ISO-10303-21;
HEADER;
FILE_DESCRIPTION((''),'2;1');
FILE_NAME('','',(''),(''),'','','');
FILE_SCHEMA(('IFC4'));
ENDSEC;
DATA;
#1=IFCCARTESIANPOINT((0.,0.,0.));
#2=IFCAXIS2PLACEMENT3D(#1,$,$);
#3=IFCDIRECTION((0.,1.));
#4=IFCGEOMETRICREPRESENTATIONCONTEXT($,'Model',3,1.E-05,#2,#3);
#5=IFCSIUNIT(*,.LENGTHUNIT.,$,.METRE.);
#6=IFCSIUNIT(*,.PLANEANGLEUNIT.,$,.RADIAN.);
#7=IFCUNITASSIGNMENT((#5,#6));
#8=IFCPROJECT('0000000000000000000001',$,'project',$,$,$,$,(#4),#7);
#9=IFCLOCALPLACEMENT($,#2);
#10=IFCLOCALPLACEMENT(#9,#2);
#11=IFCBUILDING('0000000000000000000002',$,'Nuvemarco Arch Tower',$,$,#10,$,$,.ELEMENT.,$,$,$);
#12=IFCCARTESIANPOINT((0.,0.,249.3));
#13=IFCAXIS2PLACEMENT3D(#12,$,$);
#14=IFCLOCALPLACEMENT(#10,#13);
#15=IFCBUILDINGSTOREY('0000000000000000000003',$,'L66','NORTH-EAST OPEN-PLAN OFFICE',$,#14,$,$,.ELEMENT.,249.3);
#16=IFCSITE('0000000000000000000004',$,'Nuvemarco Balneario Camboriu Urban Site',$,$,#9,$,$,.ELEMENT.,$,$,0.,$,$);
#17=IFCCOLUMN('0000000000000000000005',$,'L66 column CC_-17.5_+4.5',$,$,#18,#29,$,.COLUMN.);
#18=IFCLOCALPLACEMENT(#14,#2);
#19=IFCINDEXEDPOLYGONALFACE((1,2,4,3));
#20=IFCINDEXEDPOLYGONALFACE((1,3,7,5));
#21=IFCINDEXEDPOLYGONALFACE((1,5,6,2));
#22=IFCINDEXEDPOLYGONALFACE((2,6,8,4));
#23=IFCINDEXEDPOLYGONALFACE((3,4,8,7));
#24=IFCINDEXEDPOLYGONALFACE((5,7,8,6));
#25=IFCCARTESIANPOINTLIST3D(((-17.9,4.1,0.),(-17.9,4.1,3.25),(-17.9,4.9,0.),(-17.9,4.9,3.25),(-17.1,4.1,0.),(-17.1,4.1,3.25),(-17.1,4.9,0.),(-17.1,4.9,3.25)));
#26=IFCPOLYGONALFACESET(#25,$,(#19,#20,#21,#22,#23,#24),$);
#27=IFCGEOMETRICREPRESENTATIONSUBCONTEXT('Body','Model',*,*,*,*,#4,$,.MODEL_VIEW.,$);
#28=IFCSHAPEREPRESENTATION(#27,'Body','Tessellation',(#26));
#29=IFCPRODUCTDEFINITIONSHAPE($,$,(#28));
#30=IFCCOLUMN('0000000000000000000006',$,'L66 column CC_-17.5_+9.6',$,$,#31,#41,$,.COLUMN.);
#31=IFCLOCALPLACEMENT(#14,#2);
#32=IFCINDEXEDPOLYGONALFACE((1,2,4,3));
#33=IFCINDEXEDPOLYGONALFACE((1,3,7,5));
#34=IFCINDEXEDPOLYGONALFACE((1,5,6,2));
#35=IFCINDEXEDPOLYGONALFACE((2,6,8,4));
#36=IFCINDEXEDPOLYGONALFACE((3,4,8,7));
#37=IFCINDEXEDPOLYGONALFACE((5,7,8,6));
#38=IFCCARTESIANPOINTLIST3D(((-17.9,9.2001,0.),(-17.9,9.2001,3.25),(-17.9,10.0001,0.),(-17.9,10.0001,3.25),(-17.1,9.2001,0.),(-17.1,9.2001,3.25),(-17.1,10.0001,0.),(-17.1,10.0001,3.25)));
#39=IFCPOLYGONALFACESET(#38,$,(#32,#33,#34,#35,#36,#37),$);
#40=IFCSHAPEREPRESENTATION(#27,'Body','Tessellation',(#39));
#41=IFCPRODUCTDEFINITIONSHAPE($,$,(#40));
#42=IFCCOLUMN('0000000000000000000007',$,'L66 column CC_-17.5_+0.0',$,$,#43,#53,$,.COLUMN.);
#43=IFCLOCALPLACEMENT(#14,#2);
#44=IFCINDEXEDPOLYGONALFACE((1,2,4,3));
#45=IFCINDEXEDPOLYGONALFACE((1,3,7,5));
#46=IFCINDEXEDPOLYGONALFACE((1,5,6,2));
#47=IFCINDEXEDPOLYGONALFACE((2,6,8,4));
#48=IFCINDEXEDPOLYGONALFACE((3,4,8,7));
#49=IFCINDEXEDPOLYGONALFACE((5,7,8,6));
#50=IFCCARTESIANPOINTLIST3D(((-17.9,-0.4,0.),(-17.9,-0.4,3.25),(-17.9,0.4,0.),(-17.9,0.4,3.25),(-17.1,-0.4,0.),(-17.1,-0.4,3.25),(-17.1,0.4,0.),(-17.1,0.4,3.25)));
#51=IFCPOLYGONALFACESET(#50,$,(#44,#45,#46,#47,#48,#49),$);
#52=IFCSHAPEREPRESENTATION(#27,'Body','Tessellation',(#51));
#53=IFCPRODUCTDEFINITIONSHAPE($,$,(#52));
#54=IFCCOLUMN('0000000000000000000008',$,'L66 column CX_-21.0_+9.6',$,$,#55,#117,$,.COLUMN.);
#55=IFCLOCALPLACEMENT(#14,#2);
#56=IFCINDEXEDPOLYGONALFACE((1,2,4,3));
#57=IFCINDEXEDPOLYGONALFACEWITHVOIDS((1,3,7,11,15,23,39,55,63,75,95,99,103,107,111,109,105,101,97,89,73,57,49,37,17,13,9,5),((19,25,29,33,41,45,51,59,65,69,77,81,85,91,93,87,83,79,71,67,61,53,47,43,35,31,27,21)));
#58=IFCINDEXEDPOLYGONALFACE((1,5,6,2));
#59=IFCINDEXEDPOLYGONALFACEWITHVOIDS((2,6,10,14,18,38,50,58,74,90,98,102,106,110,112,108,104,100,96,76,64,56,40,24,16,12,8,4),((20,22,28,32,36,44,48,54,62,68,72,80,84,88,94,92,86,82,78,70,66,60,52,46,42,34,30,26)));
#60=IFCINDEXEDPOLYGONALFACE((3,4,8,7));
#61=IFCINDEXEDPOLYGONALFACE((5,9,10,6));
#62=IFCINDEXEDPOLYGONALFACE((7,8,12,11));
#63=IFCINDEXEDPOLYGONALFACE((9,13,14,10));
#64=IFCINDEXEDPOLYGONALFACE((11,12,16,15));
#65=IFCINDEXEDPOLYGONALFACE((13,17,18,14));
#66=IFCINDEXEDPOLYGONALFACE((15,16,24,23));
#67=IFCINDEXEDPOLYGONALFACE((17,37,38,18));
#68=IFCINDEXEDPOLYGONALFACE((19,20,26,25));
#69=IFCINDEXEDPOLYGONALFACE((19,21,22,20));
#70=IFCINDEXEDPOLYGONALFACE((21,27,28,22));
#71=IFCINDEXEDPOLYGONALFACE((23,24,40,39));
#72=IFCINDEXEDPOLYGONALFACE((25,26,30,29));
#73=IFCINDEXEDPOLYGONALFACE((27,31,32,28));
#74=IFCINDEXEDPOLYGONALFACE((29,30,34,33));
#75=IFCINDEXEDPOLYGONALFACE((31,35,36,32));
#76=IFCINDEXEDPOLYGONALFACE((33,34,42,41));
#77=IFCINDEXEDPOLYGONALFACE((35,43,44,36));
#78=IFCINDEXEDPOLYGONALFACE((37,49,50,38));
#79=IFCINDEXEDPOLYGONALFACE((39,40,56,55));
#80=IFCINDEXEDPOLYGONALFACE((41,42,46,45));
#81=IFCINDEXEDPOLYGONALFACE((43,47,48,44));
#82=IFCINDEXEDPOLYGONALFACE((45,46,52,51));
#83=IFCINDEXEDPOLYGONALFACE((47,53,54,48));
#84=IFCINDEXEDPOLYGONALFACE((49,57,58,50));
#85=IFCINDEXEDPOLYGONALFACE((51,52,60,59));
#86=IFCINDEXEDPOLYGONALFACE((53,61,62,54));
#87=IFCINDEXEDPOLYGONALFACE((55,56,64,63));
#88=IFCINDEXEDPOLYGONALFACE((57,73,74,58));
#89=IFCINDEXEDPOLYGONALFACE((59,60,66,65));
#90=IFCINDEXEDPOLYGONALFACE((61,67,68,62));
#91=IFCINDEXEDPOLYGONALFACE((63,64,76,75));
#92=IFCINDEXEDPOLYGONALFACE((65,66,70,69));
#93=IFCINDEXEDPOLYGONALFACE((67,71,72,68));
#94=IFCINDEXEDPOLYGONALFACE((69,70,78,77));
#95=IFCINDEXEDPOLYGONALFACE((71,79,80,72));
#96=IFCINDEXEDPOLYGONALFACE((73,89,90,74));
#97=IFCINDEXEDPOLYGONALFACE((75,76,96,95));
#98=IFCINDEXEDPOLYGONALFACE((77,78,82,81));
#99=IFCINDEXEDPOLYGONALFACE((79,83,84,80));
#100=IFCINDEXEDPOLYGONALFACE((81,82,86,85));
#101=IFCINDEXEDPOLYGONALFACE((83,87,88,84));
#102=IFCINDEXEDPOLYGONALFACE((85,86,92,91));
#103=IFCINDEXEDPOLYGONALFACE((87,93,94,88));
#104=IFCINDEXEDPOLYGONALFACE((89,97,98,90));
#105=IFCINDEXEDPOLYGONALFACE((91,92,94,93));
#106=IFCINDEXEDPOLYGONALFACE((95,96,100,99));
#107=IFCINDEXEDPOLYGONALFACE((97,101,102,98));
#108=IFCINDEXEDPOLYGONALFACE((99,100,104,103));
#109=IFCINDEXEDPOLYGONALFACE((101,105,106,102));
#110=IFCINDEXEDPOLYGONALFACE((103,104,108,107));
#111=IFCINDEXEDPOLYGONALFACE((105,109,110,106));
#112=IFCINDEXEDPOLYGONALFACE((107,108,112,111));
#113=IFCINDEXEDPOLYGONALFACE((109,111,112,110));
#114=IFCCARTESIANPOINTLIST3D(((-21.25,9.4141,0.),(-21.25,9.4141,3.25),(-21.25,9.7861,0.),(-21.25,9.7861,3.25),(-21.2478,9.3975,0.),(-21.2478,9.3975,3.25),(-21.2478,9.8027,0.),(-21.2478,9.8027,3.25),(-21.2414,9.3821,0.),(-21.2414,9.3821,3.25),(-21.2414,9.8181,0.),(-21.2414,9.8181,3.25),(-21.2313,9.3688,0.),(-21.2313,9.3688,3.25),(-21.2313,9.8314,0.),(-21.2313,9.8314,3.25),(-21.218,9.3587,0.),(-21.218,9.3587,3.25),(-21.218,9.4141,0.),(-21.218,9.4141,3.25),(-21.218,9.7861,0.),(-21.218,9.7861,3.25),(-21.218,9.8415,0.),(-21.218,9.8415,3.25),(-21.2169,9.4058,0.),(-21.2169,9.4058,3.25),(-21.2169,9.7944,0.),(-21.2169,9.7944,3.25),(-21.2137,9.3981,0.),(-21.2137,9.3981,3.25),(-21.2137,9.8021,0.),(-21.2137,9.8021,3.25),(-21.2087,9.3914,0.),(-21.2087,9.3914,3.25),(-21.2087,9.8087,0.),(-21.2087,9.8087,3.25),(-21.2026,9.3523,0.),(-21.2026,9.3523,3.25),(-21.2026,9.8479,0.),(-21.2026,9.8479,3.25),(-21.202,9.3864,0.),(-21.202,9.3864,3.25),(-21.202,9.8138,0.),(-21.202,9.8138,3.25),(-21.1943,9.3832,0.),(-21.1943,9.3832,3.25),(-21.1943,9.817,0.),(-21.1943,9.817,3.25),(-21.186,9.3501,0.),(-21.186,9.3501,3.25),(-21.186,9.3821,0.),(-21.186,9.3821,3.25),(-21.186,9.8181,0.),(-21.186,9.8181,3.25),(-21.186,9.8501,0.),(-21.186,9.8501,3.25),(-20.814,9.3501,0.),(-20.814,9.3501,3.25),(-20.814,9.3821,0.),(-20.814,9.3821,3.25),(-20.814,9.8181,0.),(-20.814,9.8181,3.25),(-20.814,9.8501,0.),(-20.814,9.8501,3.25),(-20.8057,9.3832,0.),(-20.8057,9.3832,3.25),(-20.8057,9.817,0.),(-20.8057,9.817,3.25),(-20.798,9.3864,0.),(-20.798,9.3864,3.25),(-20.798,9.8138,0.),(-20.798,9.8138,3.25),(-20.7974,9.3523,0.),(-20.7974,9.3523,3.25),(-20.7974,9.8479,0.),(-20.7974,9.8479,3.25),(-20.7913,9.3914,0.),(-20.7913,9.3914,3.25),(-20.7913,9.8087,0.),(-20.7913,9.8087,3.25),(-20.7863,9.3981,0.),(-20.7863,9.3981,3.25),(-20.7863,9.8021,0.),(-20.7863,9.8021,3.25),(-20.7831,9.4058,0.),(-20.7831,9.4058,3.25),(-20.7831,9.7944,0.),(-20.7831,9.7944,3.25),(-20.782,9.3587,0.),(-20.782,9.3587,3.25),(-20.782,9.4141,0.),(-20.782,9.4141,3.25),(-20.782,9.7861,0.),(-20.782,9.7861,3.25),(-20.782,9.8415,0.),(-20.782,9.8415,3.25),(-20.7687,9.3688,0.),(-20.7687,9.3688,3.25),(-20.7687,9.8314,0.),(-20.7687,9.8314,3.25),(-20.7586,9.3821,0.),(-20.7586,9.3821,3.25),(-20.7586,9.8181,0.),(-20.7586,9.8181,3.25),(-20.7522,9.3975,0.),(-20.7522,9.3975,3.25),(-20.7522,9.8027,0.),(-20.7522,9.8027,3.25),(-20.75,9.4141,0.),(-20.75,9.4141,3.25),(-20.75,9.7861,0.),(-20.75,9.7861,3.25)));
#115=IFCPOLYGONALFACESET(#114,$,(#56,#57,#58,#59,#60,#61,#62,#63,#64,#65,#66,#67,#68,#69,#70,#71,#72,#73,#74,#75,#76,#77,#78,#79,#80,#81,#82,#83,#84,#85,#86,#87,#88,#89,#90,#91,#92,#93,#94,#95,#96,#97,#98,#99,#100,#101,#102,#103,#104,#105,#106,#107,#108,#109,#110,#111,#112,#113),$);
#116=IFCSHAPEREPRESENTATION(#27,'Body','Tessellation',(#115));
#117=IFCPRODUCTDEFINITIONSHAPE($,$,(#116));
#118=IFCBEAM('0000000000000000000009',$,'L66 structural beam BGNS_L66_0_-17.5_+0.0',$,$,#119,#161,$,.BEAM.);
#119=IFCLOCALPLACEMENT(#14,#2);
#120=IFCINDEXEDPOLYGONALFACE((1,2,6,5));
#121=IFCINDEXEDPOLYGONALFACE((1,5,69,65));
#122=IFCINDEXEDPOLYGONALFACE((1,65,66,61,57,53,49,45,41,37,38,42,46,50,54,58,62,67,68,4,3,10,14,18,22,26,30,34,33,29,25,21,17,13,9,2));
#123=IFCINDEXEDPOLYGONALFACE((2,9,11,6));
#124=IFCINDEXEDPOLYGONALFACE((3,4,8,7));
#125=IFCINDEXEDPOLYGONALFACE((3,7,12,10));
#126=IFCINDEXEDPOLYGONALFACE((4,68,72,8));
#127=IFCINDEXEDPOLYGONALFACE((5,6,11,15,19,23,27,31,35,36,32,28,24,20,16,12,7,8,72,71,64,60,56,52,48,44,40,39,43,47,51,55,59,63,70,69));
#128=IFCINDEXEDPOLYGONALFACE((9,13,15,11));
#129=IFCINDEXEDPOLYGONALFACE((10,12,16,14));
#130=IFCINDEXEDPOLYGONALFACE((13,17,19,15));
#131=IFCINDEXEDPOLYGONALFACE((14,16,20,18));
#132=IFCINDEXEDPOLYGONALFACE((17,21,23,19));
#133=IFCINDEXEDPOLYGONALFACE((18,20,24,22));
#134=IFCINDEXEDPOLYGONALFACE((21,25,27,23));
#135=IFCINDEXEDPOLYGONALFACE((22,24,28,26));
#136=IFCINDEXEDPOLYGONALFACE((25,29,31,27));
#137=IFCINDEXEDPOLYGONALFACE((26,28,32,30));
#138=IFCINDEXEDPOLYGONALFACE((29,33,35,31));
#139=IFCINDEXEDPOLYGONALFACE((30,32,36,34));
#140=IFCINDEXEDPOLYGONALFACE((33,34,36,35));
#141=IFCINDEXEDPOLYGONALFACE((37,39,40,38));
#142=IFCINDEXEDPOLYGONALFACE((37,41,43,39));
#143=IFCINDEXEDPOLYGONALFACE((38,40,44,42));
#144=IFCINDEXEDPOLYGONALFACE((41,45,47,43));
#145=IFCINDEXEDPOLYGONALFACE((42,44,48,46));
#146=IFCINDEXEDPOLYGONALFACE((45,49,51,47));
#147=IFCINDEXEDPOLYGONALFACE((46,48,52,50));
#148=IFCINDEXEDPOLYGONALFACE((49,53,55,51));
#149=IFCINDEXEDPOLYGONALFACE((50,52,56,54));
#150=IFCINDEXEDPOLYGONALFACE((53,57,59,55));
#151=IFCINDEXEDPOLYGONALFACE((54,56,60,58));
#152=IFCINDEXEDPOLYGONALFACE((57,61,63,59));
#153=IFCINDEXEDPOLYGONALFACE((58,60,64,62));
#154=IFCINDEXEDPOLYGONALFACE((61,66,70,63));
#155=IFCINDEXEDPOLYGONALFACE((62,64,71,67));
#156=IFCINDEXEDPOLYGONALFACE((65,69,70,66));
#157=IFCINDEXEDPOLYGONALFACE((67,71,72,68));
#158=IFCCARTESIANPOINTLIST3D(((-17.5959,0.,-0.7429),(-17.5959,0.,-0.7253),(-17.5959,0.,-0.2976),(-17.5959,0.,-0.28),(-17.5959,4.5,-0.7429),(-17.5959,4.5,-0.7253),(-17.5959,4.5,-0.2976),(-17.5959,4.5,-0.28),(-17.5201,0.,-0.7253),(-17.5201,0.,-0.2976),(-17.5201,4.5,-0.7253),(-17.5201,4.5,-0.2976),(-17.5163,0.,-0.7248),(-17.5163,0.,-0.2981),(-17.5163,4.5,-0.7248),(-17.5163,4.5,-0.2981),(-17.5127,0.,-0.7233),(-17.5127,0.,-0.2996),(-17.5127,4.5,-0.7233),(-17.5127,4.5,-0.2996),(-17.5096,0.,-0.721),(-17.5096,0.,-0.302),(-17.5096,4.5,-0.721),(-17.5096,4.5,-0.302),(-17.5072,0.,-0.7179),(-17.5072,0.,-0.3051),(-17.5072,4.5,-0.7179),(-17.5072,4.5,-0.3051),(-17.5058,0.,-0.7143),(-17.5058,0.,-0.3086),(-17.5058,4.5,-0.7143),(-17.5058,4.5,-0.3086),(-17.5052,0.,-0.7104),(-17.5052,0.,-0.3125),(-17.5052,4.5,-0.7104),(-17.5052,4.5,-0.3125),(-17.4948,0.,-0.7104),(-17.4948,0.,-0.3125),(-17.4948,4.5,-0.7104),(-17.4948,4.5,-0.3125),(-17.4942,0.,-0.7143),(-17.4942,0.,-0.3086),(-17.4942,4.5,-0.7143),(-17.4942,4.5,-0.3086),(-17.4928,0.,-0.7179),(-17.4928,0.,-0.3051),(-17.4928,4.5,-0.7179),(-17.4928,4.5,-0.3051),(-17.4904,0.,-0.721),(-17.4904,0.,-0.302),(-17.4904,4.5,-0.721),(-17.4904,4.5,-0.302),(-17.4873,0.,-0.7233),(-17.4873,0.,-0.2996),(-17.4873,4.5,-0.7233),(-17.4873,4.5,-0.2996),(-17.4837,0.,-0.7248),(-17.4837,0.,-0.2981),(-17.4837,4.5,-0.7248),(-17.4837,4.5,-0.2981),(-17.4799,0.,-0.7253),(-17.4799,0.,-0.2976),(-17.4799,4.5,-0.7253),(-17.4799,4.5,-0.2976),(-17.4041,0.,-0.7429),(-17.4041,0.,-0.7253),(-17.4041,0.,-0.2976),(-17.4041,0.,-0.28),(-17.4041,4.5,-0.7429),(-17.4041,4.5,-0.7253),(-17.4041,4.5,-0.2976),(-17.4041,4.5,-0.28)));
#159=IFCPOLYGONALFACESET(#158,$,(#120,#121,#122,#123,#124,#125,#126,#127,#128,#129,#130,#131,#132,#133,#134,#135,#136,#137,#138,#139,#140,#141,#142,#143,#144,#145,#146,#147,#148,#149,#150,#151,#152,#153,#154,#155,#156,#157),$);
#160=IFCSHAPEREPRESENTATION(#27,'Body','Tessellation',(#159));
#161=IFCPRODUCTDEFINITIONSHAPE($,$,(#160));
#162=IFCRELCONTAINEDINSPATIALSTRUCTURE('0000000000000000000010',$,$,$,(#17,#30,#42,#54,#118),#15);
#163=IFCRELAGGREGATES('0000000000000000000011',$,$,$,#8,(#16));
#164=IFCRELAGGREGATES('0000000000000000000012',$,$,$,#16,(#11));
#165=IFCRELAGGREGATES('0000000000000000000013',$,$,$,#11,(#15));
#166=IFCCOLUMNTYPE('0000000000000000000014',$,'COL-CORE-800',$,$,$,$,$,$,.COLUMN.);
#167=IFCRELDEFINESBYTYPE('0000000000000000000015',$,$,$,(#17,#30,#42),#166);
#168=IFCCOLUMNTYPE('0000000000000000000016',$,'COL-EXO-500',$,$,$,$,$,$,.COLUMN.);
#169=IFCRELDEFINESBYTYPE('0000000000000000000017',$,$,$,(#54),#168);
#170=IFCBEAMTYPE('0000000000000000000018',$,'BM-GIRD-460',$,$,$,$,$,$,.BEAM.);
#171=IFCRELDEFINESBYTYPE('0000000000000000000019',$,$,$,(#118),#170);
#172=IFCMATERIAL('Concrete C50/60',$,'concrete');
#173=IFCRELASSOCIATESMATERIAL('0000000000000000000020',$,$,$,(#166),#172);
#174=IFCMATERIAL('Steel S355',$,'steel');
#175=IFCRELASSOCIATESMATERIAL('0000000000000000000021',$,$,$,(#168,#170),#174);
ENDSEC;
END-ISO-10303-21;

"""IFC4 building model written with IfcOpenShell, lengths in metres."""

from ifc_helpers import new_model, si_unit, direction, frame, origin, origin_2d, place, context, subcontext, project, spatial, rectangle, hollow_rectangle, i_section, extrude, material, material_profile, profile_set, type_object, element, save


model = new_model("IFC4")

# Units and contexts
model_context = context("Model", 3, precision=1e-05, world=origin(), true_north=direction((0.0, 1.0)))
body_context = subcontext(model_context, "Body", "Model", "MODEL_VIEW")
ifc_project = project(units=[si_unit("LENGTHUNIT", "METRE"), si_unit("PLANEANGLEUNIT", "RADIAN")], contexts=[model_context])

# Site, building, storey
site_placement = place(None, origin())
site = spatial("IfcSite", under=ifc_project, at=site_placement, Name="Nuvemarco Balneario Camboriu Urban Site", CompositionType="ELEMENT", RefElevation=0.0)
building_placement = place(site_placement, origin())
building = spatial("IfcBuilding", under=site, at=building_placement, Name="Nuvemarco Arch Tower", CompositionType="ELEMENT")
storey_placement = place(building_placement, frame((0.0, 0.0, 249.3)))
storey = spatial("IfcBuildingStorey", under=building, at=storey_placement, Name="L66", Description="NORTH-EAST OPEN-PLAN OFFICE", CompositionType="ELEMENT", Elevation=249.3)

# Columns
ifc_material_1 = material(Name="Concrete C50/60", Category="concrete")
ifc_material_profile_1 = material_profile(ifc_material_1, rectangle(XDim=0.8, YDim=0.8, at=origin_2d()), Name="RC-COL-800x800")
ifc_profile_set_1 = profile_set([ifc_material_profile_1], Name="Concrete C50/60")
column_type_1 = type_object("IfcColumnType", Name="COL-CORE-800", PredefinedType="COLUMN", material=ifc_profile_set_1)
for number, where, z_axis, x_axis, name in (
    (1, (-17.5, 4.5, 0.0), (0.0, 0.0, 1.0), (1.0, 0.0, 0.0), "L66 column CC_-17.5_+4.5"),
    (2, (-17.5, 9.6001, 0.0), (0.0, 0.0, 1.0), (1.0, 0.0, 0.0), "L66 column CC_-17.5_+9.6"),
    (3, (-17.5, 0.0, 0.0), (0.0, 0.0, 1.0), (1.0, 0.0, 0.0), "L66 column CC_-17.5_+0.0"),
):
    element("IfcColumn", number, at=place(storey_placement, frame(where, z_axis=z_axis, x_axis=x_axis)), inside=storey, type_object=column_type_1, Name=name, PredefinedType="COLUMN", context=body_context, shape_type="SweptSolid", body=[
        extrude(rectangle(XDim=0.8, YDim=0.8, at=origin_2d()), origin(), (0.0, 0.0, 1.0), 3.25),
    ])
ifc_material_2 = material(Name="Steel S355", Category="steel")
ifc_material_profile_2 = material_profile(ifc_material_2, hollow_rectangle(XDim=0.5, YDim=0.5, WallThickness=0.032, InnerFilletRadius=0.032, OuterFilletRadius=0.064, at=origin_2d()), Name="SHS500x500x32")
ifc_profile_set_2 = profile_set([ifc_material_profile_2], Name="Steel S355")
column_type_2 = type_object("IfcColumnType", Name="COL-EXO-500", PredefinedType="COLUMN", material=ifc_profile_set_2)
column_placement = place(storey_placement, frame((-21.0, 9.6001, 0.0), z_axis=(0.0, 0.0, 1.0), x_axis=(1.0, 0.0, 0.0)))
element("IfcColumn", 4, at=column_placement, inside=storey, type_object=column_type_2, Name="L66 column CX_-21.0_+9.6", PredefinedType="COLUMN", context=body_context, shape_type="SweptSolid", body=[
    extrude(hollow_rectangle(XDim=0.5, YDim=0.5, WallThickness=0.032, InnerFilletRadius=0.032, OuterFilletRadius=0.064, at=origin_2d()), origin(), (0.0, 0.0, 1.0), 3.25),
])

# Beam
ifc_material_profile_3 = material_profile(ifc_material_2, i_section(OverallWidth=0.1919, OverallDepth=0.4629, WebThickness=0.0105, FlangeThickness=0.0176, FilletRadius=0.0149, at=origin_2d()), Name="W460x89")
ifc_profile_set_3 = profile_set([ifc_material_profile_3], Name="Steel S355")
beam_type_1 = type_object("IfcBeamType", Name="BM-GIRD-460", PredefinedType="BEAM", material=ifc_profile_set_3)
beam_1_placement = place(storey_placement, frame((-17.5, 0.0, -0.5115), z_axis=(0.0, 1.0, 0.0), x_axis=(-1.0, 0.0, 0.0)))
element("IfcBeam", 5, at=beam_1_placement, inside=storey, type_object=beam_type_1, Name="L66 structural beam BGNS_L66_0_-17.5_+0.0", PredefinedType="BEAM", context=body_context, shape_type="SweptSolid", body=[
    extrude(i_section(OverallWidth=0.1919, OverallDepth=0.4629, WebThickness=0.0105, FlangeThickness=0.0176, FilletRadius=0.0149, at=origin_2d()), origin(), (0.0, 0.0, 1.0), 4.5),
])

save(model, "model.ifc")
